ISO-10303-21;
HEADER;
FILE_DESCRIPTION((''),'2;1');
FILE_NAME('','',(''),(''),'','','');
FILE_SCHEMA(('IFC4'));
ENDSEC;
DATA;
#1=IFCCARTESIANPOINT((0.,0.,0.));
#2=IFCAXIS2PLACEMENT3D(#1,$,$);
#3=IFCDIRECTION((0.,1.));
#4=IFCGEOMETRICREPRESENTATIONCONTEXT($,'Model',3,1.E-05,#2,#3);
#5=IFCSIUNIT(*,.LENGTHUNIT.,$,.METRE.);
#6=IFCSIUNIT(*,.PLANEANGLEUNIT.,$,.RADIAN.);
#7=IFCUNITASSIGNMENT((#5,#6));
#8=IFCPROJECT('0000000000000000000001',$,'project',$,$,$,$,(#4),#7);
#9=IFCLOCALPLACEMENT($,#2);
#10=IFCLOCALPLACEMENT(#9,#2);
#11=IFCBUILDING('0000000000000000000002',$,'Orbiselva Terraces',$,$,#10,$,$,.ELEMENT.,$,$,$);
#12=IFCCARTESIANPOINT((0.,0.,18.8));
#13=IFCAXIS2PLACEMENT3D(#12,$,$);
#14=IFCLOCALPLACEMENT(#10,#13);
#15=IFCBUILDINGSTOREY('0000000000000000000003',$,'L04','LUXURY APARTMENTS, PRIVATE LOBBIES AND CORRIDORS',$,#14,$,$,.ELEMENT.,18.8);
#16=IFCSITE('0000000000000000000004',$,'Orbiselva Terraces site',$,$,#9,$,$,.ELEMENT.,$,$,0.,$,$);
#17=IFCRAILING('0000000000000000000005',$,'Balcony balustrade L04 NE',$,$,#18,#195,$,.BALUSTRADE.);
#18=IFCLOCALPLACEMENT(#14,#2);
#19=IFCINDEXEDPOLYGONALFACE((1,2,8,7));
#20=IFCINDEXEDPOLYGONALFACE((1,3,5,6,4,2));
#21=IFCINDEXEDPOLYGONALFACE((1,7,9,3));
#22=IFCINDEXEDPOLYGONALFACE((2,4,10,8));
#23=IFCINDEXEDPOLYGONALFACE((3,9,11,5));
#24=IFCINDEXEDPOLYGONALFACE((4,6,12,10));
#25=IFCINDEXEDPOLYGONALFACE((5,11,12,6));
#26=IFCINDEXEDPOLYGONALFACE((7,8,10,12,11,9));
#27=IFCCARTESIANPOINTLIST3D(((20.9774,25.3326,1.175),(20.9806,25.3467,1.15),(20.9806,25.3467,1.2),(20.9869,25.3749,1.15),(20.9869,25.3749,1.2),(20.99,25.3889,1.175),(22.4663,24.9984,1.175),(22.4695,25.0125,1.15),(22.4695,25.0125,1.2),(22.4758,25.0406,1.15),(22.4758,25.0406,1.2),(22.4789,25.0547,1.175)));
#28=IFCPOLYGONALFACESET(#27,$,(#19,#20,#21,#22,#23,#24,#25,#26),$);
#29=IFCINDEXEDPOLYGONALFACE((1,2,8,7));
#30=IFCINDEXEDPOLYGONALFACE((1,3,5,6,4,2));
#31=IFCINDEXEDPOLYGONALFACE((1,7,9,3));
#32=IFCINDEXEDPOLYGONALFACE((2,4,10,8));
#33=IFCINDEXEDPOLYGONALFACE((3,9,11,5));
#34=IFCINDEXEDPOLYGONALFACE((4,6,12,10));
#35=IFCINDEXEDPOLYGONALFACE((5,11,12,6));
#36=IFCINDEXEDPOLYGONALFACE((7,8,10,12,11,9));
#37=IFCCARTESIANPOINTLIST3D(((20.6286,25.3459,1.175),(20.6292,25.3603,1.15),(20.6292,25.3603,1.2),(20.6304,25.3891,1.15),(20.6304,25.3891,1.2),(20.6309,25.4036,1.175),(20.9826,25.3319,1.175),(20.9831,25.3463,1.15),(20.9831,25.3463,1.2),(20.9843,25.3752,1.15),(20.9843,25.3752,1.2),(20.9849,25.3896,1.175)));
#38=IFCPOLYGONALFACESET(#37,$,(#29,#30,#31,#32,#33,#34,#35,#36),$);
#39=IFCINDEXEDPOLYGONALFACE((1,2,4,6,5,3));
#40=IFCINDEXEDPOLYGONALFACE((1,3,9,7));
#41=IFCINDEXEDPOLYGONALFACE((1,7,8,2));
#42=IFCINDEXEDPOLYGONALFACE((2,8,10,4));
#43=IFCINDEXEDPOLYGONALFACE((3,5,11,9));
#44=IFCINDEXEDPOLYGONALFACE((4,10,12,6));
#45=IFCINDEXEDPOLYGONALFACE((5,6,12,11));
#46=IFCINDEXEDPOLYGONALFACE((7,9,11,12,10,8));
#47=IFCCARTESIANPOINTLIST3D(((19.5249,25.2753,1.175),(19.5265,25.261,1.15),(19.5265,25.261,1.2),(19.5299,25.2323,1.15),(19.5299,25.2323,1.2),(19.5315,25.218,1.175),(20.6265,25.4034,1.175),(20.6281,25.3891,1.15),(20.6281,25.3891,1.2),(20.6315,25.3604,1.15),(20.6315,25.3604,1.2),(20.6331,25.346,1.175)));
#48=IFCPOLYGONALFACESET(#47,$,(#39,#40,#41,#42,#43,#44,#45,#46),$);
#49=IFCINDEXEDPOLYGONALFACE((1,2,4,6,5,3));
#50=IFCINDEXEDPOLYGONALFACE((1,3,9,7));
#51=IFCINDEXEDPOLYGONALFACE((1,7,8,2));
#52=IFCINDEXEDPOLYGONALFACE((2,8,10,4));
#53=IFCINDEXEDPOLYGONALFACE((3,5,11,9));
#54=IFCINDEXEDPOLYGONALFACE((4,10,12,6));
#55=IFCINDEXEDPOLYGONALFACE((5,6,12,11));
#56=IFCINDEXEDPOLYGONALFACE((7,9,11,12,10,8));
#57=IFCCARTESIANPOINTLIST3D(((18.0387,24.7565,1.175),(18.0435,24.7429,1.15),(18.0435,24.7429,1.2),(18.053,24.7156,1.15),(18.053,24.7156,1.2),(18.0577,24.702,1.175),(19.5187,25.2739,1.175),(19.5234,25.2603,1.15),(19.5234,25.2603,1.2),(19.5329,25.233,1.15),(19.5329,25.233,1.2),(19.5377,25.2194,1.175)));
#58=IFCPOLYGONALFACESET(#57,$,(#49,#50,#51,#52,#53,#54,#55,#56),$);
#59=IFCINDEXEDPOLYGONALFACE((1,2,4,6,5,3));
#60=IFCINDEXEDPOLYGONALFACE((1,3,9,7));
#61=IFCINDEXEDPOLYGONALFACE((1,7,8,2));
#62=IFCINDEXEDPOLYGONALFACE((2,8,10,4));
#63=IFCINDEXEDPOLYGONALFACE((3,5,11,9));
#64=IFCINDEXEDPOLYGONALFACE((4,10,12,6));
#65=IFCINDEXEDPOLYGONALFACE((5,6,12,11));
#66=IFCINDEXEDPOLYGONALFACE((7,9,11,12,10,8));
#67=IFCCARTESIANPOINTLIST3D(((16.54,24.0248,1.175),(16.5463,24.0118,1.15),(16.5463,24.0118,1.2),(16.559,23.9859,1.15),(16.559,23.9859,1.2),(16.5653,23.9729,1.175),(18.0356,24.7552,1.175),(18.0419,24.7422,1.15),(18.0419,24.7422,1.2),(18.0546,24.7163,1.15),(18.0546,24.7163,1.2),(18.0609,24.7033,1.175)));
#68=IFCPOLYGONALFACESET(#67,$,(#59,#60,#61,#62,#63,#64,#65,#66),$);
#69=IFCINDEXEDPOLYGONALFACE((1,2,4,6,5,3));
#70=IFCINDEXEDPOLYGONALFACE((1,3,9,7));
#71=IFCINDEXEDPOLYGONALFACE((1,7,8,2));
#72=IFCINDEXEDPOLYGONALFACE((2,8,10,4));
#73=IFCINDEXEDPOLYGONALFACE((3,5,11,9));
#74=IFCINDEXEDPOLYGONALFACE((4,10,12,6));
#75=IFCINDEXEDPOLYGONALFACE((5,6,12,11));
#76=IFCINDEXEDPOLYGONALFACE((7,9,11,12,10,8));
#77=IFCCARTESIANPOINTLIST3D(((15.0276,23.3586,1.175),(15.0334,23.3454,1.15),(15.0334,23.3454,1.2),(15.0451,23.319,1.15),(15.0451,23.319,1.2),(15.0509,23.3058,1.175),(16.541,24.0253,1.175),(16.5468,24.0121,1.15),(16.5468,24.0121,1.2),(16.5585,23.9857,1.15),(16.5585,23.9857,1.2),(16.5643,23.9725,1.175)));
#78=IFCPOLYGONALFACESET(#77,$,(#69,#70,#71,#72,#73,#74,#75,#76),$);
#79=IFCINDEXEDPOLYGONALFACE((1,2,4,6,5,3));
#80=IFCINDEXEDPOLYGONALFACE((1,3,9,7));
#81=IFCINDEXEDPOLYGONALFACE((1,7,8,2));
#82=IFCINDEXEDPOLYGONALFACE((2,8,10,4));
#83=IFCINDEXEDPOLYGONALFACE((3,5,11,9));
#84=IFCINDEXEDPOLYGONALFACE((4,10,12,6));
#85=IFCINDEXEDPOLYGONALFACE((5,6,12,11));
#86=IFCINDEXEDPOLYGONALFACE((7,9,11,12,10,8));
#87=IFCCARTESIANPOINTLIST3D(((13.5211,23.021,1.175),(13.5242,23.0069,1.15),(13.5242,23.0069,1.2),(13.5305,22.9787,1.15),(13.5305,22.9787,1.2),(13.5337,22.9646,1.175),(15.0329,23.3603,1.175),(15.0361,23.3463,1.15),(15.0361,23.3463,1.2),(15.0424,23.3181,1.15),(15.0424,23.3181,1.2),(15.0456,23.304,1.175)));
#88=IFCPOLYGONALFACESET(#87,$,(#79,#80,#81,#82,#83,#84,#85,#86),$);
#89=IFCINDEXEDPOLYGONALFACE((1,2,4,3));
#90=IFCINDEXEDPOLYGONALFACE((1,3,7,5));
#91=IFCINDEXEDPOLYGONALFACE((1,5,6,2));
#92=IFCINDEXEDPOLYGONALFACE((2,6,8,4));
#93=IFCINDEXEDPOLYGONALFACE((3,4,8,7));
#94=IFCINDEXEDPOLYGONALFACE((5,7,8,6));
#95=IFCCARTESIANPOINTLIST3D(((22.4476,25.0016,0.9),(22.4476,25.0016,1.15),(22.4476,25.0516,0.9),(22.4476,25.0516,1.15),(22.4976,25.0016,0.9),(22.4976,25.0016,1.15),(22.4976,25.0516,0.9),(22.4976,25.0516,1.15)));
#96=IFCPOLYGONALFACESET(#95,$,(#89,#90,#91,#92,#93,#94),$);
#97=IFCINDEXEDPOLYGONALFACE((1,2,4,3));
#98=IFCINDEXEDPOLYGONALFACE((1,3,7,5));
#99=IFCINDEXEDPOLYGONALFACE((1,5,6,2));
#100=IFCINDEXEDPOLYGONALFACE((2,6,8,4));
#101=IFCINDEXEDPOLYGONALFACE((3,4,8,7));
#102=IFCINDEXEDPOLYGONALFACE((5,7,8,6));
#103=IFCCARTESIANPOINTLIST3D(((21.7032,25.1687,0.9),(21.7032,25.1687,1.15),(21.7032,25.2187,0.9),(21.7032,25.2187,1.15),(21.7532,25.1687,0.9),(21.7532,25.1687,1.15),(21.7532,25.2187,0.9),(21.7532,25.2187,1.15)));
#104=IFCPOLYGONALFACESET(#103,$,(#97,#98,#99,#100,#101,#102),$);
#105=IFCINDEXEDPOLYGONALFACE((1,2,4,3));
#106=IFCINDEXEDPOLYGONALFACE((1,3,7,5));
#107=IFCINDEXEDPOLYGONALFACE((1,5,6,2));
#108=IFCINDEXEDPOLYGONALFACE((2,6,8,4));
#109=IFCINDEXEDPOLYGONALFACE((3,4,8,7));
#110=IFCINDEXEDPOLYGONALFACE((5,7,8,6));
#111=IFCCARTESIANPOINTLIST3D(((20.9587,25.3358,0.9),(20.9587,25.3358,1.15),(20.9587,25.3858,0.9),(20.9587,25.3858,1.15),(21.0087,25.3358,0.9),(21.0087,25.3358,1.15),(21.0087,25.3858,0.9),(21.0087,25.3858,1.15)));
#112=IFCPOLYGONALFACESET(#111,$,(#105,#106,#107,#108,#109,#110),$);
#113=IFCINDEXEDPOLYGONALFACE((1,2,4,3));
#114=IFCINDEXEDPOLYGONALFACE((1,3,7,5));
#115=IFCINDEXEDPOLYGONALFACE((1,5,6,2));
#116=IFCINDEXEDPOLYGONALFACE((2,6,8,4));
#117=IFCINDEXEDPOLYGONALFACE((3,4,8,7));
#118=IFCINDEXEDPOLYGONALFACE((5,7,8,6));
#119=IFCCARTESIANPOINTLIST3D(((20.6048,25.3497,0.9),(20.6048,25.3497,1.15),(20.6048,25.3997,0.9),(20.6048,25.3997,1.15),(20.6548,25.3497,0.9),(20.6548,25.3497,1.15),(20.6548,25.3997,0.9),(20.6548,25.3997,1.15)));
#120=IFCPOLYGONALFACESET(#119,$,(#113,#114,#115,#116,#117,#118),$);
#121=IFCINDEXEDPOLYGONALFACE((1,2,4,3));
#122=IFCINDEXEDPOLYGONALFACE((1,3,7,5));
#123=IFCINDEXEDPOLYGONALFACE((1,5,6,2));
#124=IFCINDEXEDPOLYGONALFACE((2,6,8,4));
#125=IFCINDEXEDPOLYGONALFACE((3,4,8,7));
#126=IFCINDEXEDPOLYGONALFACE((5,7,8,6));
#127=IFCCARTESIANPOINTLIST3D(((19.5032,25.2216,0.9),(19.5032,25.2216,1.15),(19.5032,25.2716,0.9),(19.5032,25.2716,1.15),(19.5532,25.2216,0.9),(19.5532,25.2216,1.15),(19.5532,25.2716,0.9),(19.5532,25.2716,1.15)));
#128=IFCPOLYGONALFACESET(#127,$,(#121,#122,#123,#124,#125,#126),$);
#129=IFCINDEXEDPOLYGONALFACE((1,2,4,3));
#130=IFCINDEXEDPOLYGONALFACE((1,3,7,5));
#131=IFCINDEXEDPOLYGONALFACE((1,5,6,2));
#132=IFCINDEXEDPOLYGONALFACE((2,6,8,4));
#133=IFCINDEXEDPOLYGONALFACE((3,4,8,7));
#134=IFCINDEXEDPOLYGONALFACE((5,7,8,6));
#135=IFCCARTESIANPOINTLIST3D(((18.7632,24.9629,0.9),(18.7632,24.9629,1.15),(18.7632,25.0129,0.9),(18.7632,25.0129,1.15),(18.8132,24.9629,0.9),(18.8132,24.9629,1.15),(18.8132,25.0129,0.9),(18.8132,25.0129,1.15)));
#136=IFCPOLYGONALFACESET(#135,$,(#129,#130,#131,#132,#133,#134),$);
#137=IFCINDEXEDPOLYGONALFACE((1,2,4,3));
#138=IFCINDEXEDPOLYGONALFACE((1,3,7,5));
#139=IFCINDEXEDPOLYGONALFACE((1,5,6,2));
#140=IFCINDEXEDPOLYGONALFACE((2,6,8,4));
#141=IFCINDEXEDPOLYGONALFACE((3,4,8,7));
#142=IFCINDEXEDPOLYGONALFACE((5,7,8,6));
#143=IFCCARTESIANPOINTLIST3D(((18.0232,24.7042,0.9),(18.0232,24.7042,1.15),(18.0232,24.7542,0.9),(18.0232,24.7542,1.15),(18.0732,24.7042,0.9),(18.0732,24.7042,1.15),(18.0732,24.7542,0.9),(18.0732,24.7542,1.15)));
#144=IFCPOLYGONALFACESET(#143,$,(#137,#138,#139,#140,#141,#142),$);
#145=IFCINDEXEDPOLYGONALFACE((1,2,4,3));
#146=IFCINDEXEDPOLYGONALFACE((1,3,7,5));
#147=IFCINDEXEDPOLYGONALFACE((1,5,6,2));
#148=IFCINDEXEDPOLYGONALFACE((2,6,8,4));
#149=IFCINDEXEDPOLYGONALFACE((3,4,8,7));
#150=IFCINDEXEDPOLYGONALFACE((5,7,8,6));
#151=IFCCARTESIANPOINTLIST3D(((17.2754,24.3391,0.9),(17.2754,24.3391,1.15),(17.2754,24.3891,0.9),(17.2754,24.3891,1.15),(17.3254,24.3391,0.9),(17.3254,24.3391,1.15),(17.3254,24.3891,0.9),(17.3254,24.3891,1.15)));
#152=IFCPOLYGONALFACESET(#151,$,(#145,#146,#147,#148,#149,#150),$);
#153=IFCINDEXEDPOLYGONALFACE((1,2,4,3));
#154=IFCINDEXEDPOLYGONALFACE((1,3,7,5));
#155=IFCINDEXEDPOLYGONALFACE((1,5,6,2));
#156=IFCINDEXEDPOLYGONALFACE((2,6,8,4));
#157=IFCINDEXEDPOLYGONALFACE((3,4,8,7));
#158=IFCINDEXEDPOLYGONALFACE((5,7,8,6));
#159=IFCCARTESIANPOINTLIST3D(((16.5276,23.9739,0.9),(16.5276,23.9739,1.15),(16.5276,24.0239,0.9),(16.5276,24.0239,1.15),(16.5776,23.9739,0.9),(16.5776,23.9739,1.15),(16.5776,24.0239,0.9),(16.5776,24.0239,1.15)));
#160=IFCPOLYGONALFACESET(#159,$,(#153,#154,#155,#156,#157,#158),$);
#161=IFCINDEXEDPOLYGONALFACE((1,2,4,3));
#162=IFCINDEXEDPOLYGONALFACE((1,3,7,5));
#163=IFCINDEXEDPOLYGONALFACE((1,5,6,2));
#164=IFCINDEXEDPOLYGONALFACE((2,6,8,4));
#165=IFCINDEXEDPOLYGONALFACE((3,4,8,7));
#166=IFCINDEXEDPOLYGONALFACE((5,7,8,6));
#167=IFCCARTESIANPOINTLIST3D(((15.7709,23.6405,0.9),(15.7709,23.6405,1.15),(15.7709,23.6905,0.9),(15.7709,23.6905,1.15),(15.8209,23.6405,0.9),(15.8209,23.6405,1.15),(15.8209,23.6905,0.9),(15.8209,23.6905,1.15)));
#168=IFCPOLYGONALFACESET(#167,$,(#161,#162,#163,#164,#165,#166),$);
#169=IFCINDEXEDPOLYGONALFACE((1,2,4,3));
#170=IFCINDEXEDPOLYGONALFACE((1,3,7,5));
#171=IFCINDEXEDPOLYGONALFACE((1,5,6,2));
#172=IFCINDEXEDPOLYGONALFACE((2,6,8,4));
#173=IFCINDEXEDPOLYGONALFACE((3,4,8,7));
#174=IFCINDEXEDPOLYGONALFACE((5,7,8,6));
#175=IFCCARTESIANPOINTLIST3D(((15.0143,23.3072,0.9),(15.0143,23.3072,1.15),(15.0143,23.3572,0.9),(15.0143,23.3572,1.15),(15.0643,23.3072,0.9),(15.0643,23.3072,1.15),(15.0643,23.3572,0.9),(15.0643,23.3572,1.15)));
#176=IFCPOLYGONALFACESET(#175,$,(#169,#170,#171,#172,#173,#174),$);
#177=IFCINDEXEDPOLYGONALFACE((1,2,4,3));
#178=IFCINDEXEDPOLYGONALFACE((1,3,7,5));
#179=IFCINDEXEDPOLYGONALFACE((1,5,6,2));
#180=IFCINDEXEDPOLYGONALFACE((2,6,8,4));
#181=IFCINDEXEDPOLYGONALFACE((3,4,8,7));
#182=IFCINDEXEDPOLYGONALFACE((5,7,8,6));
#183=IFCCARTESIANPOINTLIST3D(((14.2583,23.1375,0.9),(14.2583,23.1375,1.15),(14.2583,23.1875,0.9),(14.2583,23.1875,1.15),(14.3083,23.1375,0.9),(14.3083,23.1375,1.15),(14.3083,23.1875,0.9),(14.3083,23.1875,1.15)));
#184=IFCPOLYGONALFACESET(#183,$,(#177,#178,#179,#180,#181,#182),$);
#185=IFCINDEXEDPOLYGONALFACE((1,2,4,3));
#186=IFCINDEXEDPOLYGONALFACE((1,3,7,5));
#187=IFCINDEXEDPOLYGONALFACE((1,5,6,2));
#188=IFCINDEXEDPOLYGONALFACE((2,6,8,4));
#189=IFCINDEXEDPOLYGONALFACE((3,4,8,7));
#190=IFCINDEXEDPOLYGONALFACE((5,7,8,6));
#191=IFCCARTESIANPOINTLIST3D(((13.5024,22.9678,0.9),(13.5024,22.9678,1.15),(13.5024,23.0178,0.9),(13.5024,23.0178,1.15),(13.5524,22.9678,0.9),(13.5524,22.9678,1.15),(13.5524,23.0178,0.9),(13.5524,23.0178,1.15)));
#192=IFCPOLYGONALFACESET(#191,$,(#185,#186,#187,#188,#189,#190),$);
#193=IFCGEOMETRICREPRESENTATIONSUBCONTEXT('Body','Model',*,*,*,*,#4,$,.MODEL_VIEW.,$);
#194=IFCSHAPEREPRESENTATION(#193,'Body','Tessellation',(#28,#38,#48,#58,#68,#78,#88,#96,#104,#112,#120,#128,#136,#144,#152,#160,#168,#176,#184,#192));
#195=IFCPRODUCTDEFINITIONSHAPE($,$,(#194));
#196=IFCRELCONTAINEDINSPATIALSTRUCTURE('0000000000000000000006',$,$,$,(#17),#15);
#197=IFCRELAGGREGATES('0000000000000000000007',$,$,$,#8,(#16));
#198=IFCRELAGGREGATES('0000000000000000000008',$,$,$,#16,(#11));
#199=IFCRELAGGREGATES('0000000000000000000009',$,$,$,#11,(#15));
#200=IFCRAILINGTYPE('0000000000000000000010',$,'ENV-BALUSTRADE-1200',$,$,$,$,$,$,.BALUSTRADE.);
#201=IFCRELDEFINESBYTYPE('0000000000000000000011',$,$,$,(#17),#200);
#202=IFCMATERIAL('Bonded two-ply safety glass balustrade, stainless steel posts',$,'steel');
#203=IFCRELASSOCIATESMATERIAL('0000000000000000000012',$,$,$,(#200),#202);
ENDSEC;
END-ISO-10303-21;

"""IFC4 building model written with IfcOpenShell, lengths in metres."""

from ifc_helpers import new_model, si_unit, direction, frame, origin, origin_2d, place, context, subcontext, project, spatial, polyline, rectangle, outline, extrude, material, type_object, element, save


model = new_model("IFC4")

# Units and contexts
model_context = context("Model", 3, precision=1e-05, world=origin(), true_north=direction((0.0, 1.0)))
body_context = subcontext(model_context, "Body", "Model", "MODEL_VIEW")
ifc_project = project(units=[si_unit("LENGTHUNIT", "METRE"), si_unit("PLANEANGLEUNIT", "RADIAN")], contexts=[model_context])

# Site, building, storey
site_placement = place(None, origin())
site = spatial("IfcSite", under=ifc_project, at=site_placement, Name="Orbiselva Terraces site", CompositionType="ELEMENT", RefElevation=0.0)
building_placement = place(site_placement, origin())
building = spatial("IfcBuilding", under=site, at=building_placement, Name="Orbiselva Terraces", CompositionType="ELEMENT")
storey_placement = place(building_placement, frame((0.0, 0.0, 18.8)))
storey = spatial("IfcBuildingStorey", under=building, at=storey_placement, Name="L04", Description="LUXURY APARTMENTS, PRIVATE LOBBIES AND CORRIDORS", CompositionType="ELEMENT", Elevation=18.8)

# Railing
ifc_material_1 = material(Name="Bonded two-ply safety glass balustrade, stainless steel posts", Category="steel")
railing_type_1 = type_object("IfcRailingType", Name="ENV-BALUSTRADE-1200", PredefinedType="BALUSTRADE", material=ifc_material_1)
railing_1_placement = place(storey_placement, frame((22.4726, 25.0266, 0.9)))
element("IfcRailing", 1, at=railing_1_placement, inside=storey, type_object=railing_type_1, Name="Balcony balustrade L04 NE", PredefinedType="BALUSTRADE", context=body_context, shape_type="SweptSolid", body=[
    extrude(outline(polyline([(0.0289, 0.0), (0.0144, 0.025), (-0.0144, 0.025), (-0.0289, 0.0), (-0.0144, -0.025), (0.0144, -0.025), (0.0289, 0.0)])), frame((0.0, 0.0, 0.275), z_axis=(-0.975721, 0.219016, 0.0), x_axis=(-0.219016, -0.975721, 0.0)), (0.0, 0.0, 1.0), 1.526),
    extrude(outline(polyline([(0.0289, 0.0), (0.0144, 0.025), (-0.0144, 0.025), (-0.0289, 0.0), (-0.0144, -0.025), (0.0144, -0.025), (0.0289, 0.0)])), frame((-1.4889, 0.3342, 0.275), z_axis=(-0.999225, 0.039364, 0.0), x_axis=(-0.039364, -0.999225, 0.0)), (0.0, 0.0, 1.0), 0.3542),
    extrude(outline(polyline([(0.0289, 0.0), (0.0144, 0.025), (-0.0144, 0.025), (-0.0289, 0.0), (-0.0144, -0.025), (0.0144, -0.025), (0.0289, 0.0)])), frame((-1.8428, 0.3482, 0.275), z_axis=(-0.99331, -0.115481, 0.0), x_axis=(0.115481, -0.99331, 0.0)), (0.0, 0.0, 1.0), 1.109),
    extrude(outline(polyline([(0.0289, 0.0), (0.0144, 0.025), (-0.0144, 0.025), (-0.0289, 0.0), (-0.0144, -0.025), (0.0144, -0.025), (0.0289, 0.0)])), frame((-2.9444, 0.2201, 0.275), z_axis=(-0.943972, -0.330025, 0.0), x_axis=(0.330025, -0.943972, 0.0)), (0.0, 0.0, 1.0), 1.5678),
    extrude(outline(polyline([(0.0289, 0.0), (0.0144, 0.025), (-0.0144, 0.025), (-0.0289, 0.0), (-0.0144, -0.025), (0.0144, -0.025), (0.0289, 0.0)])), frame((-4.4244, -0.2973, 0.275), z_axis=(-0.898579, -0.438812, 0.0), x_axis=(0.438812, -0.898579, 0.0)), (0.0, 0.0, 1.0), 1.6644),
    extrude(outline(polyline([(0.0289, 0.0), (0.0144, 0.025), (-0.0144, 0.025), (-0.0289, 0.0), (-0.0144, -0.025), (0.0144, -0.025), (0.0289, 0.0)])), frame((-5.92, -1.0277, 0.275), z_axis=(-0.915134, -0.403151, 0.0), x_axis=(0.403151, -0.915134, 0.0)), (0.0, 0.0, 1.0), 1.6537),
    extrude(outline(polyline([(0.0289, 0.0), (0.0144, 0.025), (-0.0144, 0.025), (-0.0289, 0.0), (-0.0144, -0.025), (0.0144, -0.025), (0.0289, 0.0)])), frame((-7.4334, -1.6944, 0.275), z_axis=(-0.975721, -0.219016, 0.0), x_axis=(0.219016, -0.975721, 0.0)), (0.0, 0.0, 1.0), 1.5495),
    extrude(rectangle(XDim=0.05, YDim=0.05, at=origin_2d()), origin(), (0.0, 0.0, 1.0), 0.25),
    extrude(rectangle(XDim=0.05, YDim=0.05, at=origin_2d()), frame((-0.7445, 0.1671, 0.0)), (0.0, 0.0, 1.0), 0.25),
    extrude(rectangle(XDim=0.05, YDim=0.05, at=origin_2d()), frame((-1.4889, 0.3342, 0.0)), (0.0, 0.0, 1.0), 0.25),
    extrude(rectangle(XDim=0.05, YDim=0.05, at=origin_2d()), frame((-1.8428, 0.3482, 0.0)), (0.0, 0.0, 1.0), 0.25),
    extrude(rectangle(XDim=0.05, YDim=0.05, at=origin_2d()), frame((-2.9444, 0.2201, 0.0)), (0.0, 0.0, 1.0), 0.25),
    extrude(rectangle(XDim=0.05, YDim=0.05, at=origin_2d()), frame((-3.6844, -0.0386, 0.0)), (0.0, 0.0, 1.0), 0.25),
    extrude(rectangle(XDim=0.05, YDim=0.05, at=origin_2d()), frame((-4.4244, -0.2973, 0.0)), (0.0, 0.0, 1.0), 0.25),
    extrude(rectangle(XDim=0.05, YDim=0.05, at=origin_2d()), frame((-5.1722, -0.6625, 0.0)), (0.0, 0.0, 1.0), 0.25),
    extrude(rectangle(XDim=0.05, YDim=0.05, at=origin_2d()), frame((-5.92, -1.0277, 0.0)), (0.0, 0.0, 1.0), 0.25),
    extrude(rectangle(XDim=0.05, YDim=0.05, at=origin_2d()), frame((-6.6767, -1.361, 0.0)), (0.0, 0.0, 1.0), 0.25),
    extrude(rectangle(XDim=0.05, YDim=0.05, at=origin_2d()), frame((-7.4334, -1.6944, 0.0)), (0.0, 0.0, 1.0), 0.25),
    extrude(rectangle(XDim=0.05, YDim=0.05, at=origin_2d()), frame((-8.1893, -1.8641, 0.0)), (0.0, 0.0, 1.0), 0.25),
    extrude(rectangle(XDim=0.05, YDim=0.05, at=origin_2d()), frame((-8.9452, -2.0338, 0.0)), (0.0, 0.0, 1.0), 0.25),
])

save(model, "model.ifc")
